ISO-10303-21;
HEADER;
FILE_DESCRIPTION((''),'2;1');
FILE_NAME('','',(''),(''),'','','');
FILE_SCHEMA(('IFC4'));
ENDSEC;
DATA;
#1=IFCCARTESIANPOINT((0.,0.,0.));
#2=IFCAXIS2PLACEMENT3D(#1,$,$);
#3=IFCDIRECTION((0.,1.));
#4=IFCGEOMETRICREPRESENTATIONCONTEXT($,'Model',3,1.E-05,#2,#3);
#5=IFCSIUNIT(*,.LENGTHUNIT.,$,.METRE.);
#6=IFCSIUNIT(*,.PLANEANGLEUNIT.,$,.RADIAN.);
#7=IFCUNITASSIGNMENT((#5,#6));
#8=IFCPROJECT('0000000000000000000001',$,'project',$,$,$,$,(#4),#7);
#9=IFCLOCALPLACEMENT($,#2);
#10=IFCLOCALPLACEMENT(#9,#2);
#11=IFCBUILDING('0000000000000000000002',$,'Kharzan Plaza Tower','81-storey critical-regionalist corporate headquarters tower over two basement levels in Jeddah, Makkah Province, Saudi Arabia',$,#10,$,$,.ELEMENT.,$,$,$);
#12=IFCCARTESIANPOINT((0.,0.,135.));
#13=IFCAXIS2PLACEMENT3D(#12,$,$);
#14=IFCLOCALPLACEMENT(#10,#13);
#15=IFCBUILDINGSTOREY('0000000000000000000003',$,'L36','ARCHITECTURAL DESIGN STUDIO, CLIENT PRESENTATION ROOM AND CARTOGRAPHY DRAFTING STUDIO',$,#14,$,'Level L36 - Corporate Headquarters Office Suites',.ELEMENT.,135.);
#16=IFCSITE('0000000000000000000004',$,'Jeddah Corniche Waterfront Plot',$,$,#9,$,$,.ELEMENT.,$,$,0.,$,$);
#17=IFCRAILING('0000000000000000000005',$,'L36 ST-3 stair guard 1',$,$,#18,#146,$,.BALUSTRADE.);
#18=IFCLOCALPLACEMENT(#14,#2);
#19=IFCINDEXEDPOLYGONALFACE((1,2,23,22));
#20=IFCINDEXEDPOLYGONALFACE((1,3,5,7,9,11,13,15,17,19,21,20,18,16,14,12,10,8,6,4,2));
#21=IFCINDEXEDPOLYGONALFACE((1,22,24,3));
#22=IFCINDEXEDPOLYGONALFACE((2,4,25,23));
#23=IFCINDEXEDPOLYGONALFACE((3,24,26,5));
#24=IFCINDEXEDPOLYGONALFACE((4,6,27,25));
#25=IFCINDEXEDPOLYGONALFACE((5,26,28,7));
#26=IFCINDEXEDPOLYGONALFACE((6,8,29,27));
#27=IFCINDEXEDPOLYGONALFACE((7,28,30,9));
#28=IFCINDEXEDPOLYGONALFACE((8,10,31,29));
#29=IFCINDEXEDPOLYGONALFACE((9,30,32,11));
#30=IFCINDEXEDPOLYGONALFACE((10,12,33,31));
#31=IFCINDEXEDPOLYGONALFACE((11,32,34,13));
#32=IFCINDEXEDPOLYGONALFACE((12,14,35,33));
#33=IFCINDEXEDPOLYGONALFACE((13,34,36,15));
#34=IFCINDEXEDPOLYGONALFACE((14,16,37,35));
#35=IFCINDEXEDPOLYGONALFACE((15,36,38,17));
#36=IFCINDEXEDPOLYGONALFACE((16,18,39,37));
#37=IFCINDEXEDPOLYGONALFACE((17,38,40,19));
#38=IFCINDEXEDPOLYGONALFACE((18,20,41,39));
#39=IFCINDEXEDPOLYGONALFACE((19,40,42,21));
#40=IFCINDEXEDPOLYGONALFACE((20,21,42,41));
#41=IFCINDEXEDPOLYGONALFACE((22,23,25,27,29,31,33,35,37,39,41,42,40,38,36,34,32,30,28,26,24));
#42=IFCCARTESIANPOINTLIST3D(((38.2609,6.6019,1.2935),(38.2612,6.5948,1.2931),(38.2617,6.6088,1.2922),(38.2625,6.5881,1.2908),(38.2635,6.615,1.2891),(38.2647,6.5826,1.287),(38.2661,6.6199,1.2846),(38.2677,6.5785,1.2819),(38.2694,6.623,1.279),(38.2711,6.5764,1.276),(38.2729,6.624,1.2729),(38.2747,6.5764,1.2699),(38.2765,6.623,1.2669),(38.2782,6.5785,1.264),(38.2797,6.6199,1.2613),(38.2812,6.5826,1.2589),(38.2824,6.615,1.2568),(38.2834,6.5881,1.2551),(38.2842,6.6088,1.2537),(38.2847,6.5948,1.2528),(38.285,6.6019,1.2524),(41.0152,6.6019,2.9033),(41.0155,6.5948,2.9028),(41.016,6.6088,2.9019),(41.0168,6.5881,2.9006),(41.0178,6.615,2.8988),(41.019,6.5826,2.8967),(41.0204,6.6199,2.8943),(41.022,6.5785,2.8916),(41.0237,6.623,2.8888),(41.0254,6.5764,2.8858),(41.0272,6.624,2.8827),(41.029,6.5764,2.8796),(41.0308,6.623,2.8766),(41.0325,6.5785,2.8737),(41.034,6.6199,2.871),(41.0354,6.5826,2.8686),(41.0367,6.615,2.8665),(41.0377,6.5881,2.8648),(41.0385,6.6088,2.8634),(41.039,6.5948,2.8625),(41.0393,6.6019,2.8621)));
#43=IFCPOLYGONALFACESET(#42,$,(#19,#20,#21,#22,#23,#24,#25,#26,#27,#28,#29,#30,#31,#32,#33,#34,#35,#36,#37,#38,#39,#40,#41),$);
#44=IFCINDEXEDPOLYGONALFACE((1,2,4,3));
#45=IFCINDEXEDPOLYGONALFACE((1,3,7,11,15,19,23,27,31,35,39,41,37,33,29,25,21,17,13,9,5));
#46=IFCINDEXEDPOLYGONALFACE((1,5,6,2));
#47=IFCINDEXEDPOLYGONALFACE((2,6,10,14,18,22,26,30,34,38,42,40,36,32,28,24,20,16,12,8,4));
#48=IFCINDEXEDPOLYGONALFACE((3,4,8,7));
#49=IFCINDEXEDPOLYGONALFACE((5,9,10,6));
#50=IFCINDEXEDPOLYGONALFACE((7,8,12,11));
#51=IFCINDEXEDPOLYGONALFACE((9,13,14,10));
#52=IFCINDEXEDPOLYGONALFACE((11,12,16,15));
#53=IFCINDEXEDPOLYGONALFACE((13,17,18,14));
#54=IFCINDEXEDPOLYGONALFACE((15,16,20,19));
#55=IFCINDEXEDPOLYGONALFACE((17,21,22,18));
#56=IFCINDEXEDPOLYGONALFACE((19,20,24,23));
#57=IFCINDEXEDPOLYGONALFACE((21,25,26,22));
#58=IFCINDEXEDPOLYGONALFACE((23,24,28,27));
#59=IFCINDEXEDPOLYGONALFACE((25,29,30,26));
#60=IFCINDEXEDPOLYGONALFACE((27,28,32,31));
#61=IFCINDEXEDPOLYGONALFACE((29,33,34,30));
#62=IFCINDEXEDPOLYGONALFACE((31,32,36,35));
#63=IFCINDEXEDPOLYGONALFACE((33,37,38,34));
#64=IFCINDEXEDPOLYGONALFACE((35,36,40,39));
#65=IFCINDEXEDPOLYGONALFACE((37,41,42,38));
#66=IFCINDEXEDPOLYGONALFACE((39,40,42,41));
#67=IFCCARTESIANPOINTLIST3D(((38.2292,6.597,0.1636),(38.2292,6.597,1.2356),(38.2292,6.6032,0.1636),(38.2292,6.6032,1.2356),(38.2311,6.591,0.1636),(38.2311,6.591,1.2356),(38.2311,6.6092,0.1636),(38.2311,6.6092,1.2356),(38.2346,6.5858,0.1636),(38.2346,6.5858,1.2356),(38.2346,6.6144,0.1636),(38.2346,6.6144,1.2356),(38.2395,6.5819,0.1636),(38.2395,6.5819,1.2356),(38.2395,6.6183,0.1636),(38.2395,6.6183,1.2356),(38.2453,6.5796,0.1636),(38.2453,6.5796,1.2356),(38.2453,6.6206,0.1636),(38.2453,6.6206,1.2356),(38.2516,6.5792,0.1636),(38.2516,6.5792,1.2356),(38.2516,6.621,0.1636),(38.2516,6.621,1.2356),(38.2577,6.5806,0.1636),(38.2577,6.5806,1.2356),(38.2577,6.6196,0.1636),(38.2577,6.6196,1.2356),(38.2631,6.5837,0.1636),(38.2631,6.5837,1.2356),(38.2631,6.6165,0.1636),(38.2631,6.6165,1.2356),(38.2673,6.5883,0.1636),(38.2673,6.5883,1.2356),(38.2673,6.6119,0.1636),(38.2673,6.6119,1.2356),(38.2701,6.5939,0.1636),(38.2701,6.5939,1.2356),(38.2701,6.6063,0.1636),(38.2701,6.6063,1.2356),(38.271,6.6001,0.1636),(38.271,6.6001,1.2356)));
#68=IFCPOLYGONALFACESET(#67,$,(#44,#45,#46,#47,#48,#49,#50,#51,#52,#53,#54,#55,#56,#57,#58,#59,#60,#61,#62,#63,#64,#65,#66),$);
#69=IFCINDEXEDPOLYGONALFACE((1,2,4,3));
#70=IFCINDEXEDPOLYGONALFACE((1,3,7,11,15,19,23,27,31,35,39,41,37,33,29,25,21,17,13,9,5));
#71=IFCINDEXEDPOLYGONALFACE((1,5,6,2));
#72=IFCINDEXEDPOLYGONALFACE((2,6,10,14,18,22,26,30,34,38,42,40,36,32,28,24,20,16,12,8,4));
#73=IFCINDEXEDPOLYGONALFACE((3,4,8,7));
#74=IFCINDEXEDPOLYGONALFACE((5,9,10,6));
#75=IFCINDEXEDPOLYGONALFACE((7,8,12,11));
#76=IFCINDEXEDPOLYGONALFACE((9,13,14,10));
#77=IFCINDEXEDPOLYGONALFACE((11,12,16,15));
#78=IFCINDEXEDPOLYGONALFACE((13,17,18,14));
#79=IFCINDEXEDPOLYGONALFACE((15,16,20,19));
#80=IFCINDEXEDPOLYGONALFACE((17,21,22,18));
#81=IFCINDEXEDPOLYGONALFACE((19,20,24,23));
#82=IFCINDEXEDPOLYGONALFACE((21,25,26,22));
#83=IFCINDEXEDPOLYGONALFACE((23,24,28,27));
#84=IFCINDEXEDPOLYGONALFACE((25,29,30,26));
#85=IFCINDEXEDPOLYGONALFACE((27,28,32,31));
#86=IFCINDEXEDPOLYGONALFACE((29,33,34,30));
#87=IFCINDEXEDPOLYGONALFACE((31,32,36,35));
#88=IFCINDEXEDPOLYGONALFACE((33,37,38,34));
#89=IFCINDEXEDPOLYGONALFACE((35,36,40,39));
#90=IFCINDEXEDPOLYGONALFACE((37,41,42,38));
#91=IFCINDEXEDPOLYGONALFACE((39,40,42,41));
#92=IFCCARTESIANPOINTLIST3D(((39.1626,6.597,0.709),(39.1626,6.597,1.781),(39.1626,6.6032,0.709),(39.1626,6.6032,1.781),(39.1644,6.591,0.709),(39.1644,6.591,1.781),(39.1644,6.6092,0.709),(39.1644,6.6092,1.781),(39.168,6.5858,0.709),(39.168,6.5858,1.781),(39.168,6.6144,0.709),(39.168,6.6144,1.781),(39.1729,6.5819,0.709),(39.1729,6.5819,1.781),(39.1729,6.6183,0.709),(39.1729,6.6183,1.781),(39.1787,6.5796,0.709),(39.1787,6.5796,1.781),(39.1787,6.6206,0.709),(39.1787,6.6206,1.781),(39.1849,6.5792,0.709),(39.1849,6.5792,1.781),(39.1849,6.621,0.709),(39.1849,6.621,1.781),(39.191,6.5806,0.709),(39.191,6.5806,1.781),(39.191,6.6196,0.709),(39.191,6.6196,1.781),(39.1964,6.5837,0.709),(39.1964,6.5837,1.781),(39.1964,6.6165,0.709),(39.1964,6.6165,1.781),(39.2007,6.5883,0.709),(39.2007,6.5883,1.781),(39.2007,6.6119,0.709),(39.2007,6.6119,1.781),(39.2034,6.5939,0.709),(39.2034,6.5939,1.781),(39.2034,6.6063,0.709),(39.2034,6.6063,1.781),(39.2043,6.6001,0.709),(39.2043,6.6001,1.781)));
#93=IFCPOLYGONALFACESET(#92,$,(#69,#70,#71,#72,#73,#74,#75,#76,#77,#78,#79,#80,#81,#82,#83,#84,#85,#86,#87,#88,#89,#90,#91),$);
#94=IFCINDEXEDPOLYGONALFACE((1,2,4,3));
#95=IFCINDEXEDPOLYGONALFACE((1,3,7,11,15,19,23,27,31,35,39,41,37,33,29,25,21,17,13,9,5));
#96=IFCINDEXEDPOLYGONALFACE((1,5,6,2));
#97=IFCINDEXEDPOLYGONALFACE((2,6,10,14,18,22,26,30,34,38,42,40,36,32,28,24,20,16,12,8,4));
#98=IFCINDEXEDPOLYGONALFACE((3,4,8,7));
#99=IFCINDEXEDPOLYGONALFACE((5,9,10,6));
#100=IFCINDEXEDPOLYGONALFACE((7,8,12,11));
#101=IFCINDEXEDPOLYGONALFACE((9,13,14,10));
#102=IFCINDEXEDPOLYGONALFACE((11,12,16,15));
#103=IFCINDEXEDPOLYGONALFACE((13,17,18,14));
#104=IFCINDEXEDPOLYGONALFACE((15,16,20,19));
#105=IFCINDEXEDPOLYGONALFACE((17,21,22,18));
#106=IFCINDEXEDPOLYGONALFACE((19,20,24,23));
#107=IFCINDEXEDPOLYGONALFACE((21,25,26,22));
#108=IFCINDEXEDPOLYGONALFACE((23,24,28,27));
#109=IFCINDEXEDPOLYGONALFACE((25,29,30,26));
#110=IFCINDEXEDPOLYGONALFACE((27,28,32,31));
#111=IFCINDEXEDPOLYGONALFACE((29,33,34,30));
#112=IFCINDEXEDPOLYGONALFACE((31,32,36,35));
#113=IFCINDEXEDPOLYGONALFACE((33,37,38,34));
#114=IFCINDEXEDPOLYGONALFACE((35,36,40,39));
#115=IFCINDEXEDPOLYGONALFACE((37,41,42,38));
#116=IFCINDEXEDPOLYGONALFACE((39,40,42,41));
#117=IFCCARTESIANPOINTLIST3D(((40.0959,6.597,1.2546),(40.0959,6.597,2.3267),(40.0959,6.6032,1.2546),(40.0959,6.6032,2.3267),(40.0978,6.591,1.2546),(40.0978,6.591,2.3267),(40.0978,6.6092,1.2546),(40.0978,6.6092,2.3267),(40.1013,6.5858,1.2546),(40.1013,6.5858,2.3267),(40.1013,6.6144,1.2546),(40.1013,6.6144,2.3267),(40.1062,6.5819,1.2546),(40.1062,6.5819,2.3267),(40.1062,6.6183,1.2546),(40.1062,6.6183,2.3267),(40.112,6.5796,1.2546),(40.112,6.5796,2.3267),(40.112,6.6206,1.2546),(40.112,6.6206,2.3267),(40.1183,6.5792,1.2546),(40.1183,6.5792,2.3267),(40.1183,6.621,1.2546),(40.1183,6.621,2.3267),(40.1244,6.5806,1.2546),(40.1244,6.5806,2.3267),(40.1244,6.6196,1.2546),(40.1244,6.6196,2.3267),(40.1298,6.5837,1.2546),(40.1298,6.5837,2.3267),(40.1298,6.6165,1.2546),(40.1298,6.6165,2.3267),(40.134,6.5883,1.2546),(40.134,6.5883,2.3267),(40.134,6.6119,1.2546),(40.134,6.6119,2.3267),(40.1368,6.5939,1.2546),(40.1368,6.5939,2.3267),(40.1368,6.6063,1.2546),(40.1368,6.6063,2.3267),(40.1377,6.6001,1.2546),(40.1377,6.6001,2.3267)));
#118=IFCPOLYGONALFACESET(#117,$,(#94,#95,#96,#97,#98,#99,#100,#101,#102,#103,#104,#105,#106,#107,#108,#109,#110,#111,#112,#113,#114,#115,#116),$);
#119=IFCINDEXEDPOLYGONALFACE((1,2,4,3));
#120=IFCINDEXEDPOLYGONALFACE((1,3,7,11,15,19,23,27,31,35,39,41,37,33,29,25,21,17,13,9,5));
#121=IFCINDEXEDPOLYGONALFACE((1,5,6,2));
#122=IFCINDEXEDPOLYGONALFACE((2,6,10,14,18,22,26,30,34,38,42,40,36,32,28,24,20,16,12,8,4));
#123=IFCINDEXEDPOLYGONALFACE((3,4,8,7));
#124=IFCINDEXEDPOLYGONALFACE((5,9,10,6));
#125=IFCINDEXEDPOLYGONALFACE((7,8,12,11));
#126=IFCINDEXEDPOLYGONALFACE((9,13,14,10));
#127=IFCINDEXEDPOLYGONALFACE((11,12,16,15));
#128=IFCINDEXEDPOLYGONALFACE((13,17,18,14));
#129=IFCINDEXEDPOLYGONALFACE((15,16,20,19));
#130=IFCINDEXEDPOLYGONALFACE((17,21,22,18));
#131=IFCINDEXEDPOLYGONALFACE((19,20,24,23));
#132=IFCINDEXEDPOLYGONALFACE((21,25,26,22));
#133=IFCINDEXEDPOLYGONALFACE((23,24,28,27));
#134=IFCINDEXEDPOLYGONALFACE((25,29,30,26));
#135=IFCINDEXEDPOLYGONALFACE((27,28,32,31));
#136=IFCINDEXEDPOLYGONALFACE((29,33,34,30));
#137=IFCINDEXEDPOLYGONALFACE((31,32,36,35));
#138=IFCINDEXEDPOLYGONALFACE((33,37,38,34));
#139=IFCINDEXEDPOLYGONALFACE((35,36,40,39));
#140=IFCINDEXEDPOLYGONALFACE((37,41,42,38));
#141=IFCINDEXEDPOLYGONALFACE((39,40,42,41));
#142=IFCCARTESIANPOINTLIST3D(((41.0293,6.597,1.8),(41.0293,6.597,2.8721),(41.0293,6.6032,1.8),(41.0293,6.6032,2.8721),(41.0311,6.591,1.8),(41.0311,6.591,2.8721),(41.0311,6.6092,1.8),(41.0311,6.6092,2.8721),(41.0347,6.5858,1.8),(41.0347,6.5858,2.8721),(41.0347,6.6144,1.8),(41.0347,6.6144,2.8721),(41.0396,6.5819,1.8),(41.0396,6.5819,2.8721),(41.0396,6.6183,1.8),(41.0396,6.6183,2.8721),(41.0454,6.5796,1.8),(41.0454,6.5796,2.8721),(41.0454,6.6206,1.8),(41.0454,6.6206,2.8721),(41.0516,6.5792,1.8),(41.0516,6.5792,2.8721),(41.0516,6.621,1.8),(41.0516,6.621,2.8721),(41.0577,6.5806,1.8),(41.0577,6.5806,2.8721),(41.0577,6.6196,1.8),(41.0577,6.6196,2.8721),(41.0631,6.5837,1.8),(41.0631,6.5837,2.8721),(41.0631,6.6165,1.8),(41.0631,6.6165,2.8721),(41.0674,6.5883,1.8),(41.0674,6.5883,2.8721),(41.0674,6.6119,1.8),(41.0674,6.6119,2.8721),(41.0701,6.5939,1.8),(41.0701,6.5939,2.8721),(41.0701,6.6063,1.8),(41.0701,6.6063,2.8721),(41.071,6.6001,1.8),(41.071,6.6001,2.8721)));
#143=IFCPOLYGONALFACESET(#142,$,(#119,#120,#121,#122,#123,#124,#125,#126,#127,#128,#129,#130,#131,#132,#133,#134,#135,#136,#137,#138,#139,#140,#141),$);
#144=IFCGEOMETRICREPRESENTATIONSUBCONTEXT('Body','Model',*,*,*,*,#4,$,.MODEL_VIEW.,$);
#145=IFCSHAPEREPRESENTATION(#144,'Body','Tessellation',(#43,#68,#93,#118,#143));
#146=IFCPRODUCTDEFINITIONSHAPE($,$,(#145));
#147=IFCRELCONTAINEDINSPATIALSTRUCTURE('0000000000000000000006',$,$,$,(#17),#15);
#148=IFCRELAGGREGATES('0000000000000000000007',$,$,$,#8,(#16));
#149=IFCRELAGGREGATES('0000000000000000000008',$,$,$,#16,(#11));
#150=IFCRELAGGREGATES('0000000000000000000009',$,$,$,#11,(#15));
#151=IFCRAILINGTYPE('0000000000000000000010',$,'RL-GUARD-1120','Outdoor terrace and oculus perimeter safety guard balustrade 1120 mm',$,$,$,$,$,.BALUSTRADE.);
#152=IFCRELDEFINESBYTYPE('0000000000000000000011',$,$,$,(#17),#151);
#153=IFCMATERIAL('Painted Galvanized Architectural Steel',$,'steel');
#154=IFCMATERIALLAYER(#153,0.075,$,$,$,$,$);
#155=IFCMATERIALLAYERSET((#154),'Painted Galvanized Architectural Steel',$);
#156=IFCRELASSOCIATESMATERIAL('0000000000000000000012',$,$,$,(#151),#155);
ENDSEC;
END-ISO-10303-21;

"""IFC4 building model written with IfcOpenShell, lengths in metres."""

from ifc_helpers import new_model, si_unit, direction, frame, origin, origin_2d, place, context, subcontext, project, spatial, circle, extrude, source, transform, mapped, material, layer, layer_set, type_object, element, save


model = new_model("IFC4")

# Units and contexts
model_context = context("Model", 3, precision=1e-05, world=origin(), true_north=direction((0.0, 1.0)))
body_context = subcontext(model_context, "Body", "Model", "MODEL_VIEW")
ifc_project = project(units=[si_unit("LENGTHUNIT", "METRE"), si_unit("PLANEANGLEUNIT", "RADIAN")], contexts=[model_context])

# Site, building, storey
site_placement = place(None, origin())
site = spatial("IfcSite", under=ifc_project, at=site_placement, Name="Jeddah Corniche Waterfront Plot", CompositionType="ELEMENT", RefElevation=0.0)
building_placement = place(site_placement, origin())
building = spatial("IfcBuilding", under=site, at=building_placement, Name="Kharzan Plaza Tower", Description="81-storey critical-regionalist corporate headquarters tower over two basement levels in Jeddah, Makkah Province, Saudi Arabia", CompositionType="ELEMENT")
storey_placement = place(building_placement, frame((0.0, 0.0, 135.0)))
storey = spatial("IfcBuildingStorey", under=building, at=storey_placement, Name="L36", Description="ARCHITECTURAL DESIGN STUDIO, CLIENT PRESENTATION ROOM AND CARTOGRAPHY DRAFTING STUDIO", LongName="Level L36 - Corporate Headquarters Office Suites", CompositionType="ELEMENT", Elevation=135.0)

# Railing
ifc_material_1 = material(Name="Painted Galvanized Architectural Steel", Category="steel")
ifc_layer_1 = layer(ifc_material_1, 0.075)
ifc_layer_set_1 = layer_set([ifc_layer_1], Name="Painted Galvanized Architectural Steel")
railing_type_1 = type_object("IfcRailingType", Name="RL-GUARD-1120", Description="Outdoor terrace and oculus perimeter safety guard balustrade 1120 mm", PredefinedType="BALUSTRADE", material=ifc_layer_set_1)
shared_shape_1 = source(origin(), body_context, "Body", "SweptSolid", [
    extrude(circle(Radius=0.0239, at=origin_2d()), frame((0.0229, 0.0, 1.1094), z_axis=(0.863361, 0.0, 0.504587), x_axis=(0.0, 1.0, 0.0)), (0.0, 0.0, 1.0), 3.1902),
    extrude(circle(Radius=0.021, at=origin_2d()), origin(), (0.0, 0.0, 1.0), 1.072),
    extrude(circle(Radius=0.021, at=origin_2d()), frame((0.9333, 0.0, 0.5454)), (0.0, 0.0, 1.0), 1.072),
    extrude(circle(Radius=0.021, at=origin_2d()), frame((1.8667, 0.0, 1.0911)), (0.0, 0.0, 1.0), 1.072),
    extrude(circle(Radius=0.021, at=origin_2d()), frame((2.8, 0.0, 1.6365)), (0.0, 0.0, 1.0), 1.072),
])
railing_1_placement = place(storey_placement, frame((38.25, 6.6001, 0.1636)))
element("IfcRailing", 1, at=railing_1_placement, inside=storey, type_object=railing_type_1, Name="L36 ST-3 stair guard 1", PredefinedType="BALUSTRADE", context=body_context, shape_type="MappedRepresentation", body=[
    mapped(shared_shape_1, transform((0.0, 0.0, 0.0), x_axis=(1.0, 0.0, 0.0), y_axis=(0.0, 1.0, 0.0), z_axis=(0.0, 0.0, 1.0))),
])

save(model, "model.ifc")
